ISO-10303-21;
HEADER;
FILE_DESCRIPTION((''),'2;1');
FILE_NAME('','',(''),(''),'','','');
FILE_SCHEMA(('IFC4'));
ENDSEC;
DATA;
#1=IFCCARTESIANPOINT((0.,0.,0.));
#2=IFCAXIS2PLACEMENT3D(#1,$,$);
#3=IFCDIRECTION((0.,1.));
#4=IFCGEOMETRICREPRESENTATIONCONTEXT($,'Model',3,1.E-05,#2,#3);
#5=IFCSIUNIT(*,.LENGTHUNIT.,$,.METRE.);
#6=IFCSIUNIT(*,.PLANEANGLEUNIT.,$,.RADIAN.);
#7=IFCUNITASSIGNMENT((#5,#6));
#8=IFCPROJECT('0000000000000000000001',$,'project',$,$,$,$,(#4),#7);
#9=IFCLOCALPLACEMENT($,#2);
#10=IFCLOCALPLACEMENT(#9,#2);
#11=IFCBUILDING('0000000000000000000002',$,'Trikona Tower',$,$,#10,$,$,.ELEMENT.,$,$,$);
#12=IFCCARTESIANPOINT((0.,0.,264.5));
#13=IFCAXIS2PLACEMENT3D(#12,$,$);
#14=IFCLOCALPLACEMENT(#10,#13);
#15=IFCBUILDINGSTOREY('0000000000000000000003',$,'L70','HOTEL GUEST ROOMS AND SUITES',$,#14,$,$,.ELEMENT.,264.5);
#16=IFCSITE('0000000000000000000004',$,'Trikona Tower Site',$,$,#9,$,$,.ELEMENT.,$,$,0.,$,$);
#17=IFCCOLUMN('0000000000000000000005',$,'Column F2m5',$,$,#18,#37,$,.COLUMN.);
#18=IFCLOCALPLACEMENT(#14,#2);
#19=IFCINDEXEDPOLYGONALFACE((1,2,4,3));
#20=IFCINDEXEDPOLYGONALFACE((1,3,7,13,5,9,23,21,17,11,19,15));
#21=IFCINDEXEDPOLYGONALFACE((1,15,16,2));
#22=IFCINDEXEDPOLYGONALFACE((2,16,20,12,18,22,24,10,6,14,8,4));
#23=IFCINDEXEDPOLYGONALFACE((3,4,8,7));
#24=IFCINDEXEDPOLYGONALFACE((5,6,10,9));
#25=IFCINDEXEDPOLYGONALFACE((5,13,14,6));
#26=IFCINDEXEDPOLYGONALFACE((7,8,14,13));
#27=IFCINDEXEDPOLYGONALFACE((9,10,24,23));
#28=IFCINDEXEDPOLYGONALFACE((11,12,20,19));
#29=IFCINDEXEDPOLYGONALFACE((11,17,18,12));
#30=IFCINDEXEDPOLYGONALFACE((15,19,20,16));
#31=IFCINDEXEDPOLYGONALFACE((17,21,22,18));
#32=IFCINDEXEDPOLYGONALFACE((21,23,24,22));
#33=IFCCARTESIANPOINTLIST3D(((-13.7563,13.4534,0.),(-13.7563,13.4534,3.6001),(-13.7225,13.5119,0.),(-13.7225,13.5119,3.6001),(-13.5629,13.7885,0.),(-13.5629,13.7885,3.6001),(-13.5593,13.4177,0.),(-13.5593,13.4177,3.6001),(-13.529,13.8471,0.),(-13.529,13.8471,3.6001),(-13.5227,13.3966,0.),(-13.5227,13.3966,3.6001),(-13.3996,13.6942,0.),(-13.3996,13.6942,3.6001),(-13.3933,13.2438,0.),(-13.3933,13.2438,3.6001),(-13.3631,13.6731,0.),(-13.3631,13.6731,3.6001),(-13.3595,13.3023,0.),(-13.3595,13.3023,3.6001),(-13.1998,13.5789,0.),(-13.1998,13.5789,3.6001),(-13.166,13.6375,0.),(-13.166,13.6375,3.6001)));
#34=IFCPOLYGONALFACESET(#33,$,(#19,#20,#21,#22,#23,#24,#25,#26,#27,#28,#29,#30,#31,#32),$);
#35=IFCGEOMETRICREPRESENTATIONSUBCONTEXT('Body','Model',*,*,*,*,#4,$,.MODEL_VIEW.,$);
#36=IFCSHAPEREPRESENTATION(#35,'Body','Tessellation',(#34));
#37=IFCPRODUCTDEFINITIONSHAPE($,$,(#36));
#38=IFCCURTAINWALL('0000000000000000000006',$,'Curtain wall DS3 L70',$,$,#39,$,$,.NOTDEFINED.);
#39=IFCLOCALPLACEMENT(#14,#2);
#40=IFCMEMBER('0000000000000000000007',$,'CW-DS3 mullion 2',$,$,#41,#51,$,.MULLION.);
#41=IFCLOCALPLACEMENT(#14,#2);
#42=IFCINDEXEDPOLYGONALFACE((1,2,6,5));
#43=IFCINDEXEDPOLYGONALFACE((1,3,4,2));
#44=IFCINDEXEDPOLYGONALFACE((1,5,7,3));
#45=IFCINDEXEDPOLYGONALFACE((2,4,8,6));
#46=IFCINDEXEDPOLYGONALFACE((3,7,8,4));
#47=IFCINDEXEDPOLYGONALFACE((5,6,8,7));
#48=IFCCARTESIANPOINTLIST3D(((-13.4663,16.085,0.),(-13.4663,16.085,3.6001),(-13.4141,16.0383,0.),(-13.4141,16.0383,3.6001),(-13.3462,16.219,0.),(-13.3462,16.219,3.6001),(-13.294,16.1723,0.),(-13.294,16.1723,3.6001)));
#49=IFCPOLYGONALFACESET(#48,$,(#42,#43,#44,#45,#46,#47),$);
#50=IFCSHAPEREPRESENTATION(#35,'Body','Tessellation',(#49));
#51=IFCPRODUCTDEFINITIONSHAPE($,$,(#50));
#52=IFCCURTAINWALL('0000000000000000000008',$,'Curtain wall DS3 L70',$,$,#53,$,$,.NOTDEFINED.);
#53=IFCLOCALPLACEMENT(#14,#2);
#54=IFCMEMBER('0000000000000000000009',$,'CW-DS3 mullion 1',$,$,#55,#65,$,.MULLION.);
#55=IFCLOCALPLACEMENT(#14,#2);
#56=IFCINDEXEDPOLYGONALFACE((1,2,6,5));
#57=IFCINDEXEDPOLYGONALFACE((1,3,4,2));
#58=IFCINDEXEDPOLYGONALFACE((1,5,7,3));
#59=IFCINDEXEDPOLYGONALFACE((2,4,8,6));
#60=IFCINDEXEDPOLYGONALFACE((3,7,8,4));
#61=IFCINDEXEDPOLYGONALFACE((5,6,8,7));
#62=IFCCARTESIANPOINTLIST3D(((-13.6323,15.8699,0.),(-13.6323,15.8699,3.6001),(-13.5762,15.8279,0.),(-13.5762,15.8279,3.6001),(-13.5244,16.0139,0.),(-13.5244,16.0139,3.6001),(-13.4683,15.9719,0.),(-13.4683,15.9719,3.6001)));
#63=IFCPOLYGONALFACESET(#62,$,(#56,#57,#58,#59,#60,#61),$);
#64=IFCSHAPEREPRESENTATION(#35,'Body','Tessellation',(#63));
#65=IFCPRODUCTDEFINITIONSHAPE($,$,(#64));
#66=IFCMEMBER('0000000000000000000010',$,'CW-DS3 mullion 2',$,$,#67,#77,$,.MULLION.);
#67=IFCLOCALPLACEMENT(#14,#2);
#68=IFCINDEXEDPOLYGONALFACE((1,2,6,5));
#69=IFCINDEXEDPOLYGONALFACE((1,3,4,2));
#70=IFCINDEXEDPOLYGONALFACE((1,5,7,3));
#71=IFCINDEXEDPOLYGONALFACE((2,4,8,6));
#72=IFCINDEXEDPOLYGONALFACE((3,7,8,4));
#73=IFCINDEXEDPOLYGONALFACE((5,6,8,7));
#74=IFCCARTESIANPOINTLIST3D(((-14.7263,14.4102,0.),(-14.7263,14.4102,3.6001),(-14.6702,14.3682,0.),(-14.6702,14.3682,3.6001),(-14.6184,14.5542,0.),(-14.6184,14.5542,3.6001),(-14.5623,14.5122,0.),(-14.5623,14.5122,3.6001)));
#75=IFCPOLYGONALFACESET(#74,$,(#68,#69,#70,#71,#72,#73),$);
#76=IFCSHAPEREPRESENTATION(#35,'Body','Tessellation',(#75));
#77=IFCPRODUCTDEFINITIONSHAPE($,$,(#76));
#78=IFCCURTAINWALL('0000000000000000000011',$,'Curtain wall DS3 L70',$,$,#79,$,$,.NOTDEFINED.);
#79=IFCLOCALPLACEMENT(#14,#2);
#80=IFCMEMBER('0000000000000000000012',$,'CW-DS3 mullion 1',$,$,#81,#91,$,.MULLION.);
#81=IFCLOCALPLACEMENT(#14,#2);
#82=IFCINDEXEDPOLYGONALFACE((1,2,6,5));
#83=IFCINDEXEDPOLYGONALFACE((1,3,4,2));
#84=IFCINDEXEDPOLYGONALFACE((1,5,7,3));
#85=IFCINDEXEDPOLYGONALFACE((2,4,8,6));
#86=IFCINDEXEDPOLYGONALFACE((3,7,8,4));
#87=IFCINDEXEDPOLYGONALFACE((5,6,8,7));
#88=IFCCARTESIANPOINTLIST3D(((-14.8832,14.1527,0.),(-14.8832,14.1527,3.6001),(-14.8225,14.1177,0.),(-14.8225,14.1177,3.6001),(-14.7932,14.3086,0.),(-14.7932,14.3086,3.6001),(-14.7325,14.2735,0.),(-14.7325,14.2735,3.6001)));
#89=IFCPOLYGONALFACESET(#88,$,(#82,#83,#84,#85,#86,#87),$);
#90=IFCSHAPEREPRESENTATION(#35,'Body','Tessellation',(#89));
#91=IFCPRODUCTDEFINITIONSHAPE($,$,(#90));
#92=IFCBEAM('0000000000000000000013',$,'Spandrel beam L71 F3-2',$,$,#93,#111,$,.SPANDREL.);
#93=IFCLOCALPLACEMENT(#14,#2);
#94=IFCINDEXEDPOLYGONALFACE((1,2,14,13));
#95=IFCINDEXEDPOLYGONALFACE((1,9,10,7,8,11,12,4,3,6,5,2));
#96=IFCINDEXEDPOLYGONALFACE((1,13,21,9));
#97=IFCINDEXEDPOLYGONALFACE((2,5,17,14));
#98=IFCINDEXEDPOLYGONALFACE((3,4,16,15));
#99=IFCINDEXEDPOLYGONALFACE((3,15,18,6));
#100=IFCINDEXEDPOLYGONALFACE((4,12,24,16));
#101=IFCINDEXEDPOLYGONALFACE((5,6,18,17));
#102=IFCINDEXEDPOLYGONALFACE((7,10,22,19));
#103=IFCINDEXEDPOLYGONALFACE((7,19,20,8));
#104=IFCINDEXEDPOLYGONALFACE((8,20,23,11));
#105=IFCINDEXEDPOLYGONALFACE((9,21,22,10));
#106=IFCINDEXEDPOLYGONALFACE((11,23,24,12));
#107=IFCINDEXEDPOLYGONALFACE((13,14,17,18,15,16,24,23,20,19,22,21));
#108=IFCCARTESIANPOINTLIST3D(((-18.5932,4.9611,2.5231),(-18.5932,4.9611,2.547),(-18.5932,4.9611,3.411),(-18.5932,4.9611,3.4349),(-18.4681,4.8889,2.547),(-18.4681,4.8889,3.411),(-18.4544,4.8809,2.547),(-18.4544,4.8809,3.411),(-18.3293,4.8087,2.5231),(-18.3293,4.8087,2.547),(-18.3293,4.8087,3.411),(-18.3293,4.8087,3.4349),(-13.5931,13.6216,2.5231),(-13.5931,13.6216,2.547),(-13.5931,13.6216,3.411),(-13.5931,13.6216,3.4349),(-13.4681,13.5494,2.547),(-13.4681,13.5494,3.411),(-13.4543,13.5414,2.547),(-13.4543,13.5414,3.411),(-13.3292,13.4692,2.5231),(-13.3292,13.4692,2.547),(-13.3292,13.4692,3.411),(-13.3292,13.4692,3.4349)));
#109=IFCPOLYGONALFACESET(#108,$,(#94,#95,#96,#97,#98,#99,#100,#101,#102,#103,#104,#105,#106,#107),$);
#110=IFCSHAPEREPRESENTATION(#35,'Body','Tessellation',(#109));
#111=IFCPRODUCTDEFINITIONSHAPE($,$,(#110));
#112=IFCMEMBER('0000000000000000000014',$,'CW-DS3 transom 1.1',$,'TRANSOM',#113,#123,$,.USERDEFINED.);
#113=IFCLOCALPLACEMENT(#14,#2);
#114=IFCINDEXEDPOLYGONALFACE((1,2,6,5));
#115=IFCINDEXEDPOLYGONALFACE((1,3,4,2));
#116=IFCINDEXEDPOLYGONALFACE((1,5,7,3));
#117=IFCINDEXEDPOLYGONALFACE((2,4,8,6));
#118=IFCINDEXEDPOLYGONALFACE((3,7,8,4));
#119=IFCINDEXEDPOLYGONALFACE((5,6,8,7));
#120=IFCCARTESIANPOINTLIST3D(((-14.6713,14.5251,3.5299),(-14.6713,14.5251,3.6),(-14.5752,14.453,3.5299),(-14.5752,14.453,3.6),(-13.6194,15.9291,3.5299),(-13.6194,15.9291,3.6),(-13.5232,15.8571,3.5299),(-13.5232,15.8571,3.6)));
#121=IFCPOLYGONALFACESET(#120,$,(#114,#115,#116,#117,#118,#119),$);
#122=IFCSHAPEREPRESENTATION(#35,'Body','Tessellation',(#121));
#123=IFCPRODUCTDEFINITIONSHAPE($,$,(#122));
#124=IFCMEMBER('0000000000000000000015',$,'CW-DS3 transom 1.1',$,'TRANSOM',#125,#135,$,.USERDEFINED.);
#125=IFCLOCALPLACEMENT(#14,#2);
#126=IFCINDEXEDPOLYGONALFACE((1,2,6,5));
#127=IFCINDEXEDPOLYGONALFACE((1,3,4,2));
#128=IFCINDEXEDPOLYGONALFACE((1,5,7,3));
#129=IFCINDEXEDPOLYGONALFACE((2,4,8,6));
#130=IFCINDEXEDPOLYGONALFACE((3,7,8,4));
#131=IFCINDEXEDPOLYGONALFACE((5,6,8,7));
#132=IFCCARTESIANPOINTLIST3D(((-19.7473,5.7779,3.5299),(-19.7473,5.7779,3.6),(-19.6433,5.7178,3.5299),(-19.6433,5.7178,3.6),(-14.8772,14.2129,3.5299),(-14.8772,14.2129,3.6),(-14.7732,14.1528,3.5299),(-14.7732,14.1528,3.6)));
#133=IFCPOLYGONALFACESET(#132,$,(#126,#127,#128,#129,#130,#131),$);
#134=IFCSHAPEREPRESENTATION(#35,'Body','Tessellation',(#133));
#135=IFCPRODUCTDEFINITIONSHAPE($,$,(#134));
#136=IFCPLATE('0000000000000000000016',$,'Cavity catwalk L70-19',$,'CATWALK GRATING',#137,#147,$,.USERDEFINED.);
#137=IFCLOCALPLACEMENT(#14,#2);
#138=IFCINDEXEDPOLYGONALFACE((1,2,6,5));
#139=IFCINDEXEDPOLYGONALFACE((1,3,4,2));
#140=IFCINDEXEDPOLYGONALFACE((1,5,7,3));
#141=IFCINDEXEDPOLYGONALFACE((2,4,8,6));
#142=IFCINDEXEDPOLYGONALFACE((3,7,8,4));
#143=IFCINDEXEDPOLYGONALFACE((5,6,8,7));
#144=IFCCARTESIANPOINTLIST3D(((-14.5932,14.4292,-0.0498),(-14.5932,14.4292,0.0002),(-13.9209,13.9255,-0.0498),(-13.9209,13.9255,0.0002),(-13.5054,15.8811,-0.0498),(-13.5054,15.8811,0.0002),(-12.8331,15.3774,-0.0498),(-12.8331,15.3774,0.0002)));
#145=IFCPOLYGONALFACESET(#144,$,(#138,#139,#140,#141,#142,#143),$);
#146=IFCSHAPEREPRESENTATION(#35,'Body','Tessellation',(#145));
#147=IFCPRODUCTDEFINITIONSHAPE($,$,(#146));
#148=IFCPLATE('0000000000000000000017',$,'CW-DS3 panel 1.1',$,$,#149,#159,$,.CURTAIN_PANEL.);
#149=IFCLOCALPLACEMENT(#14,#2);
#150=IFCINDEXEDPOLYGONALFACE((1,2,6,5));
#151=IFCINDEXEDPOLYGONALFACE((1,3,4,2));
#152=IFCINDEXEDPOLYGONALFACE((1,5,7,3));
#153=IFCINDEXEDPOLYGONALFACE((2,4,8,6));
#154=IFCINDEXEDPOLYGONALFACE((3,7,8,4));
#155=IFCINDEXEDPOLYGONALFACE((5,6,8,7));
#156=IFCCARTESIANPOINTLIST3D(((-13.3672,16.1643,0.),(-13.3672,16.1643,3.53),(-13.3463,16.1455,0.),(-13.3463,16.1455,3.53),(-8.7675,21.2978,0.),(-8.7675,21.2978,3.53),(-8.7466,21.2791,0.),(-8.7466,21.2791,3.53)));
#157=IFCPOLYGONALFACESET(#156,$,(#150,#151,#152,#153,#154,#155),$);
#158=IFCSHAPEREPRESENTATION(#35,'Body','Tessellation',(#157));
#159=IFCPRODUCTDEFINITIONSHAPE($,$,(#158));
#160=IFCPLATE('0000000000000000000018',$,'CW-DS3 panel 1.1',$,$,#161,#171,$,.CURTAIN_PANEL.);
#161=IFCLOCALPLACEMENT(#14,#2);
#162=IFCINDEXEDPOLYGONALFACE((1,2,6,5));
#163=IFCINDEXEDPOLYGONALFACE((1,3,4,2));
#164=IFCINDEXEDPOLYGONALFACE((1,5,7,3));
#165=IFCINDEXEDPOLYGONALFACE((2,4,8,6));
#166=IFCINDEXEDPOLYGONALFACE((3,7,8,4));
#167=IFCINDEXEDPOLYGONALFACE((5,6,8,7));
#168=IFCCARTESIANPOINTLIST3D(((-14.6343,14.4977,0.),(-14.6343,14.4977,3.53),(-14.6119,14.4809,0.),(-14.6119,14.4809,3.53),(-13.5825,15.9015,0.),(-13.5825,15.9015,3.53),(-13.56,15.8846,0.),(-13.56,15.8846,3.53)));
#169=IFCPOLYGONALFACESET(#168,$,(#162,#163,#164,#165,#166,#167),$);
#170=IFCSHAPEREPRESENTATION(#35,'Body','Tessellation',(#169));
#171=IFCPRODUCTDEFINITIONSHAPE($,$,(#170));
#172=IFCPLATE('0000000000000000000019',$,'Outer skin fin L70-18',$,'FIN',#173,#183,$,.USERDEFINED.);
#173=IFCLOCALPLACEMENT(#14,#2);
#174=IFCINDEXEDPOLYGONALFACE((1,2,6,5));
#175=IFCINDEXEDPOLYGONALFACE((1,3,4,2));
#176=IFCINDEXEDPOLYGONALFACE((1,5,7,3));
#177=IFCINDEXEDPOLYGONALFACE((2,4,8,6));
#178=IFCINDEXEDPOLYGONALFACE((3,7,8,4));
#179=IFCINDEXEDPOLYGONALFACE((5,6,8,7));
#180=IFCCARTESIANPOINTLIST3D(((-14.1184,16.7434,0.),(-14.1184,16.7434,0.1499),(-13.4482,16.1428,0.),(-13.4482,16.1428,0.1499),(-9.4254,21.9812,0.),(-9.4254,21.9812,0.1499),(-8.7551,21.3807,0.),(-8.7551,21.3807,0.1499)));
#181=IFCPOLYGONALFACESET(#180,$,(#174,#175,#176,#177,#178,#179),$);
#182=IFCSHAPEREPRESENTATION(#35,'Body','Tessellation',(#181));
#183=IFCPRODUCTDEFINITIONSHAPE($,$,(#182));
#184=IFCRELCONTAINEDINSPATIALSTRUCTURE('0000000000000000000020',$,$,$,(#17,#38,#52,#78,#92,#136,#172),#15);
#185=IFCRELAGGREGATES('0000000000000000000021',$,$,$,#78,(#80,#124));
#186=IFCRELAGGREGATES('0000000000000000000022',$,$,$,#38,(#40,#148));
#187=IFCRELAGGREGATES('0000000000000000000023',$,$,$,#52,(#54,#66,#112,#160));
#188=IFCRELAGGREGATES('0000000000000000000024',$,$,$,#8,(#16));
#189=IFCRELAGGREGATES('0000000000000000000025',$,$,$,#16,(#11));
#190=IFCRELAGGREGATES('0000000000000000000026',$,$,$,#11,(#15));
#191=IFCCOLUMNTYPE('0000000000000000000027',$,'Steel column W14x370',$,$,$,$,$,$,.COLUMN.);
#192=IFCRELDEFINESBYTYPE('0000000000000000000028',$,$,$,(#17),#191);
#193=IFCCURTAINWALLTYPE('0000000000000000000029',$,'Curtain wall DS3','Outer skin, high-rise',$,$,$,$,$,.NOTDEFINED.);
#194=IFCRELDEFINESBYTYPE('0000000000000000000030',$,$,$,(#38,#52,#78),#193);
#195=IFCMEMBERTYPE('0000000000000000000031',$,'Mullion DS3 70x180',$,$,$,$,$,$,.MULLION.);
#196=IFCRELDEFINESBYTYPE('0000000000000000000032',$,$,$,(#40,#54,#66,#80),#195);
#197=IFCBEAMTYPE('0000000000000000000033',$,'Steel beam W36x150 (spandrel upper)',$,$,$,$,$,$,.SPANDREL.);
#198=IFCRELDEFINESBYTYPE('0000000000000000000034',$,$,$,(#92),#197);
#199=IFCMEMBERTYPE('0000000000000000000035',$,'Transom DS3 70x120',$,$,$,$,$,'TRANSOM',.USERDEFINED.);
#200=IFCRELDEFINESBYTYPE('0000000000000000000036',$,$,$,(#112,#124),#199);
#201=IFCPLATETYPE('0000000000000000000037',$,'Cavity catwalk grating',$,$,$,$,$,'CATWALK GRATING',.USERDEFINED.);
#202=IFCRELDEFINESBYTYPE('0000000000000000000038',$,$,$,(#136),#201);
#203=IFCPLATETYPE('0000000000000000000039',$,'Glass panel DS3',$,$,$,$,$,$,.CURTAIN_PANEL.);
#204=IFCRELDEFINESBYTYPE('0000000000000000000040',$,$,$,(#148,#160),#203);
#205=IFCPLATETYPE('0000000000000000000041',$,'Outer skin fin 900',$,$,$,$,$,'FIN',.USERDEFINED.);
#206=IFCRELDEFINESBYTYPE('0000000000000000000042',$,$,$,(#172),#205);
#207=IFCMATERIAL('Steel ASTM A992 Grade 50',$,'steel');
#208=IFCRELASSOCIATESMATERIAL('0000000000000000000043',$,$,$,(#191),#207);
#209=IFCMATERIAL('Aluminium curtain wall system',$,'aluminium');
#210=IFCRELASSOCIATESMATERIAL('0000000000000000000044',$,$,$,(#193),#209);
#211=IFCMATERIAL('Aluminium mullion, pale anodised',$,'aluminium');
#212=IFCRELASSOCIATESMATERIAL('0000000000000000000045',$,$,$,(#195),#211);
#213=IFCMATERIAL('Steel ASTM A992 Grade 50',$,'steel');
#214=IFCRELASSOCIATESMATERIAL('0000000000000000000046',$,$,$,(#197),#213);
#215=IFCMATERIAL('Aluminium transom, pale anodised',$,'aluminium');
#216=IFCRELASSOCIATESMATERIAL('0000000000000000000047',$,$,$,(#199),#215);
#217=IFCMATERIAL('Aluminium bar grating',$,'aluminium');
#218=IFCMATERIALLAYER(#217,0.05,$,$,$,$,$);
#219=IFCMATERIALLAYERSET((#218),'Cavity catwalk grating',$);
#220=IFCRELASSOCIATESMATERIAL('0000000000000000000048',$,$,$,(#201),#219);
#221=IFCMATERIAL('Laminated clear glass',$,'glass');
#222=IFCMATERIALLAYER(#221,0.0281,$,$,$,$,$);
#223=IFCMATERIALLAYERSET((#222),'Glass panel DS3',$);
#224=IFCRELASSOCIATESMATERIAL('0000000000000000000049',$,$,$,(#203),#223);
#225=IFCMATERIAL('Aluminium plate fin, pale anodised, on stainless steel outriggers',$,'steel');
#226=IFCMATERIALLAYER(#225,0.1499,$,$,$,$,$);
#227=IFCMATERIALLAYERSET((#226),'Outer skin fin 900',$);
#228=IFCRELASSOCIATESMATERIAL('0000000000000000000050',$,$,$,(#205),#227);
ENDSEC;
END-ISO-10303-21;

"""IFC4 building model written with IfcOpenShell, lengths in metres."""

from ifc_helpers import new_model, si_unit, direction, frame, origin, origin_2d, place, context, subcontext, project, spatial, rectangle, i_section, extrude, material, layer, layer_set, material_profile, profile_set, type_object, element, aggregate, save


model = new_model("IFC4")

# Units and contexts
model_context = context("Model", 3, precision=1e-05, world=origin(), true_north=direction((0.0, 1.0)))
body_context = subcontext(model_context, "Body", "Model", "MODEL_VIEW")
ifc_project = project(units=[si_unit("LENGTHUNIT", "METRE"), si_unit("PLANEANGLEUNIT", "RADIAN")], contexts=[model_context])

# Site, building, storey
site_placement = place(None, origin())
site = spatial("IfcSite", under=ifc_project, at=site_placement, Name="Trikona Tower Site", CompositionType="ELEMENT", RefElevation=0.0)
building_placement = place(site_placement, origin())
building = spatial("IfcBuilding", under=site, at=building_placement, Name="Trikona Tower", CompositionType="ELEMENT")
storey_placement = place(building_placement, frame((0.0, 0.0, 264.5)))
storey = spatial("IfcBuildingStorey", under=building, at=storey_placement, Name="L70", Description="HOTEL GUEST ROOMS AND SUITES", CompositionType="ELEMENT", Elevation=264.5)

# Column
ifc_material_1 = material(Name="Steel ASTM A992 Grade 50", Category="steel")
ifc_material_profile_1 = material_profile(ifc_material_1, i_section(OverallWidth=0.4192, OverallDepth=0.4546, WebThickness=0.0422, FlangeThickness=0.0676, at=origin_2d()), Name="W14X370")
ifc_profile_set_1 = profile_set([ifc_material_profile_1], Name="Steel ASTM A992 Grade 50")
column_type = type_object("IfcColumnType", Name="Steel column W14x370", PredefinedType="COLUMN", material=ifc_profile_set_1)
column_placement = place(storey_placement, frame((-13.4612, 13.5454, 0.0), z_axis=(0.0, 0.0, 1.0), x_axis=(-0.866025, 0.5, 0.0)))
element("IfcColumn", 1, at=column_placement, inside=storey, type_object=column_type, Name="Column F2m5", PredefinedType="COLUMN", context=body_context, shape_type="SweptSolid", body=[
    extrude(i_section(OverallWidth=0.4192, OverallDepth=0.4546, WebThickness=0.0422, FlangeThickness=0.0676, at=origin_2d()), origin(), (0.0, 0.0, 1.0), 3.6001),
])

# Curtain wall, member
ifc_material_2 = material(Name="Aluminium curtain wall system", Category="aluminium")
curtain_wall_type = type_object("IfcCurtainWallType", Name="Curtain wall DS3", Description="Outer skin, high-rise", PredefinedType="NOTDEFINED", material=ifc_material_2)
curtain_wall_1_placement = place(storey_placement, origin())
curtain_wall_1 = element("IfcCurtainWall", 2, at=curtain_wall_1_placement, inside=storey, type_object=curtain_wall_type, Name="Curtain wall DS3 L70", PredefinedType="NOTDEFINED")
ifc_material_3 = material(Name="Aluminium mullion, pale anodised", Category="aluminium")
ifc_material_profile_2 = material_profile(ifc_material_3, rectangle(XDim=0.0701, YDim=0.1799, at=origin_2d()), Name="MUL-DS3")
ifc_profile_set_2 = profile_set([ifc_material_profile_2], Name="Aluminium mullion, pale anodised")
member_type_1 = type_object("IfcMemberType", Name="Mullion DS3 70x180", PredefinedType="MULLION", material=ifc_profile_set_2)
member_1_placement = place(storey_placement, frame((-13.3801, 16.1287, 0.0), z_axis=(0.0, 0.0, 1.0), x_axis=(0.744771, -0.66732, 0.0)))
member_1 = element("IfcMember", 3, at=member_1_placement, type_object=member_type_1, Name="CW-DS3 mullion 2", PredefinedType="MULLION", context=body_context, shape_type="SweptSolid", body=[
    extrude(rectangle(XDim=0.0701, YDim=0.1799, at=origin_2d()), origin(), (0.0, 0.0, 1.0), 3.6001),
])

# Curtain wall, members
curtain_wall_2_placement = place(storey_placement, origin())
curtain_wall_2 = element("IfcCurtainWall", 4, at=curtain_wall_2_placement, inside=storey, type_object=curtain_wall_type, Name="Curtain wall DS3 L70", PredefinedType="NOTDEFINED")
member_2_placement = place(storey_placement, frame((-13.5503, 15.9209, 0.0), z_axis=(0.0, 0.0, 1.0), x_axis=(0.80026, -0.599654, 0.0)))
member_2 = element("IfcMember", 5, at=member_2_placement, type_object=member_type_1, Name="CW-DS3 mullion 1", PredefinedType="MULLION", context=body_context, shape_type="SweptSolid", body=[
    extrude(rectangle(XDim=0.0701, YDim=0.1799, at=origin_2d()), origin(), (0.0, 0.0, 1.0), 3.6001),
])
member_3_placement = place(storey_placement, frame((-14.6443, 14.4612, 0.0), z_axis=(0.0, 0.0, 1.0), x_axis=(0.80026, -0.599654, 0.0)))
member_3 = element("IfcMember", 6, at=member_3_placement, type_object=member_type_1, Name="CW-DS3 mullion 2", PredefinedType="MULLION", context=body_context, shape_type="SweptSolid", body=[
    extrude(rectangle(XDim=0.0701, YDim=0.1799, at=origin_2d()), origin(), (0.0, 0.0, 1.0), 3.6001),
])

# Curtain wall, member
curtain_wall_3_placement = place(storey_placement, origin())
curtain_wall_3 = element("IfcCurtainWall", 7, at=curtain_wall_3_placement, inside=storey, type_object=curtain_wall_type, Name="Curtain wall DS3 L70", PredefinedType="NOTDEFINED")
member_4_placement = place(storey_placement, frame((-14.8079, 14.2131, 0.0), z_axis=(0.0, 0.0, 1.0), x_axis=(0.866025, -0.500001, 0.0)))
member_4 = element("IfcMember", 8, at=member_4_placement, type_object=member_type_1, Name="CW-DS3 mullion 1", PredefinedType="MULLION", context=body_context, shape_type="SweptSolid", body=[
    extrude(rectangle(XDim=0.0701, YDim=0.1799, at=origin_2d()), origin(), (0.0, 0.0, 1.0), 3.6001),
])

# Beam
ifc_material_4 = material(Name="Steel ASTM A992 Grade 50", Category="steel")
ifc_material_profile_3 = material_profile(ifc_material_4, i_section(OverallWidth=0.3047, OverallDepth=0.9119, WebThickness=0.0159, FlangeThickness=0.0239, at=origin_2d()), Name="W36X150")
ifc_profile_set_3 = profile_set([ifc_material_profile_3], Name="Steel ASTM A992 Grade 50")
beam_type = type_object("IfcBeamType", Name="Steel beam W36x150 (spandrel upper)", PredefinedType="SPANDREL", material=ifc_profile_set_3)
beam_placement = place(storey_placement, frame((-13.4612, 13.5454, 2.979), z_axis=(-0.499994, -0.866029, 0.0), x_axis=(0.866029, -0.499994, 0.0)))
element("IfcBeam", 9, at=beam_placement, inside=storey, type_object=beam_type, Name="Spandrel beam L71 F3-2", PredefinedType="SPANDREL", context=body_context, shape_type="SweptSolid", body=[
    extrude(i_section(OverallWidth=0.3047, OverallDepth=0.9119, WebThickness=0.0159, FlangeThickness=0.0239, at=origin_2d()), origin(), (0.0, 0.0, 1.0), 10.0002),
])

# Members
ifc_material_5 = material(Name="Aluminium transom, pale anodised", Category="aluminium")
ifc_material_profile_4 = material_profile(ifc_material_5, rectangle(XDim=0.1201, YDim=0.0701, at=origin_2d()), Name="TRN-DS3")
ifc_profile_set_4 = profile_set([ifc_material_profile_4], Name="Aluminium transom, pale anodised")
member_type_2 = type_object("IfcMemberType", Name="Transom DS3 70x120", ElementType="TRANSOM", PredefinedType="USERDEFINED", material=ifc_profile_set_4)
member_5_placement = place(storey_placement, frame((-13.5713, 15.8931, 3.5649), z_axis=(-0.599621, -0.800284, 0.0), x_axis=(0.800284, -0.599621, 0.0)))
member_5 = element("IfcMember", 10, at=member_5_placement, type_object=member_type_2, Name="CW-DS3 transom 1.1", ObjectType="TRANSOM", PredefinedType="USERDEFINED", context=body_context, shape_type="SweptSolid", body=[
    extrude(rectangle(XDim=0.1201, YDim=0.0701, at=origin_2d()), origin(), (0.0, 0.0, 1.0), 1.7544),
])
member_6_placement = place(storey_placement, frame((-14.8252, 14.1829, 3.5649), z_axis=(-0.50001, -0.866019, 0.0), x_axis=(0.866019, -0.50001, 0.0)))
member_6 = element("IfcMember", 11, at=member_6_placement, type_object=member_type_2, Name="CW-DS3 transom 1.1", ObjectType="TRANSOM", PredefinedType="USERDEFINED", context=body_context, shape_type="SweptSolid", body=[
    extrude(rectangle(XDim=0.1201, YDim=0.0701, at=origin_2d()), origin(), (0.0, 0.0, 1.0), 9.74),
])
aggregate(curtain_wall_3, [member_4, member_6])

# Plates
ifc_material_6 = material(Name="Aluminium bar grating", Category="aluminium")
ifc_layer_1 = layer(ifc_material_6, 0.05)
ifc_layer_set_1 = layer_set([ifc_layer_1], Name="Cavity catwalk grating")
plate_type_1 = type_object("IfcPlateType", Name="Cavity catwalk grating", ElementType="CATWALK GRATING", PredefinedType="USERDEFINED", material=ifc_layer_set_1)
plate_1_placement = place(storey_placement, frame((-13.7131, 14.9033, -0.0498), z_axis=(0.0, 0.0, 1.0), x_axis=(-0.599619, -0.800286, 0.0)))
element("IfcPlate", 12, at=plate_1_placement, inside=storey, type_object=plate_type_1, Name="Cavity catwalk L70-19", ObjectType="CATWALK GRATING", PredefinedType="USERDEFINED", context=body_context, shape_type="SweptSolid", body=[
    extrude(rectangle(XDim=1.8142, YDim=0.8401, at=origin_2d()), origin(), (0.0, 0.0, 1.0), 0.05),
])
ifc_material_7 = material(Name="Laminated clear glass", Category="glass")
ifc_layer_2 = layer(ifc_material_7, 0.0281)
ifc_layer_set_2 = layer_set([ifc_layer_2], Name="Glass panel DS3")
plate_type_2 = type_object("IfcPlateType", Name="Glass panel DS3", PredefinedType="CURTAIN_PANEL", material=ifc_layer_set_2)
plate_2_placement = place(storey_placement, frame((-11.0569, 18.7217, 0.0), z_axis=(0.0, 0.0, 1.0), x_axis=(-0.66732, -0.744771, 0.0)))
plate_2 = element("IfcPlate", 13, at=plate_2_placement, type_object=plate_type_2, Name="CW-DS3 panel 1.1", PredefinedType="CURTAIN_PANEL", context=body_context, shape_type="SweptSolid", body=[
    extrude(rectangle(XDim=6.8928, YDim=0.0281, at=origin_2d()), origin(), (0.0, 0.0, 1.0), 3.53),
])
aggregate(curtain_wall_1, [member_1, plate_2])
plate_3_placement = place(storey_placement, frame((-14.0972, 15.1912, 0.0), z_axis=(0.0, 0.0, 1.0), x_axis=(-0.599654, -0.80026, 0.0)))
plate_3 = element("IfcPlate", 14, at=plate_3_placement, type_object=plate_type_2, Name="CW-DS3 panel 1.1", PredefinedType="CURTAIN_PANEL", context=body_context, shape_type="SweptSolid", body=[
    extrude(rectangle(XDim=1.7542, YDim=0.0281, at=origin_2d()), origin(), (0.0, 0.0, 1.0), 3.53),
])
aggregate(curtain_wall_2, [member_2, member_3, member_5, plate_3])

# Plate
ifc_material_8 = material(Name="Aluminium plate fin, pale anodised, on stainless steel outriggers", Category="steel")
ifc_layer_3 = layer(ifc_material_8, 0.1499)
ifc_layer_set_3 = layer_set([ifc_layer_3], Name="Outer skin fin 900")
plate_type_3 = type_object("IfcPlateType", Name="Outer skin fin 900", ElementType="FIN", PredefinedType="USERDEFINED", material=ifc_layer_set_3)
plate_4_placement = place(storey_placement, frame((-11.4368, 19.062, 0.0), z_axis=(0.0, 0.0, 1.0), x_axis=(-0.667311, -0.744779, 0.0)))
element("IfcPlate", 15, at=plate_4_placement, inside=storey, type_object=plate_type_3, Name="Outer skin fin L70-18", ObjectType="FIN", PredefinedType="USERDEFINED", context=body_context, shape_type="SweptSolid", body=[
    extrude(rectangle(XDim=7.0327, YDim=0.8999, at=origin_2d()), origin(), (0.0, 0.0, 1.0), 0.1499),
])

save(model, "model.ifc")
